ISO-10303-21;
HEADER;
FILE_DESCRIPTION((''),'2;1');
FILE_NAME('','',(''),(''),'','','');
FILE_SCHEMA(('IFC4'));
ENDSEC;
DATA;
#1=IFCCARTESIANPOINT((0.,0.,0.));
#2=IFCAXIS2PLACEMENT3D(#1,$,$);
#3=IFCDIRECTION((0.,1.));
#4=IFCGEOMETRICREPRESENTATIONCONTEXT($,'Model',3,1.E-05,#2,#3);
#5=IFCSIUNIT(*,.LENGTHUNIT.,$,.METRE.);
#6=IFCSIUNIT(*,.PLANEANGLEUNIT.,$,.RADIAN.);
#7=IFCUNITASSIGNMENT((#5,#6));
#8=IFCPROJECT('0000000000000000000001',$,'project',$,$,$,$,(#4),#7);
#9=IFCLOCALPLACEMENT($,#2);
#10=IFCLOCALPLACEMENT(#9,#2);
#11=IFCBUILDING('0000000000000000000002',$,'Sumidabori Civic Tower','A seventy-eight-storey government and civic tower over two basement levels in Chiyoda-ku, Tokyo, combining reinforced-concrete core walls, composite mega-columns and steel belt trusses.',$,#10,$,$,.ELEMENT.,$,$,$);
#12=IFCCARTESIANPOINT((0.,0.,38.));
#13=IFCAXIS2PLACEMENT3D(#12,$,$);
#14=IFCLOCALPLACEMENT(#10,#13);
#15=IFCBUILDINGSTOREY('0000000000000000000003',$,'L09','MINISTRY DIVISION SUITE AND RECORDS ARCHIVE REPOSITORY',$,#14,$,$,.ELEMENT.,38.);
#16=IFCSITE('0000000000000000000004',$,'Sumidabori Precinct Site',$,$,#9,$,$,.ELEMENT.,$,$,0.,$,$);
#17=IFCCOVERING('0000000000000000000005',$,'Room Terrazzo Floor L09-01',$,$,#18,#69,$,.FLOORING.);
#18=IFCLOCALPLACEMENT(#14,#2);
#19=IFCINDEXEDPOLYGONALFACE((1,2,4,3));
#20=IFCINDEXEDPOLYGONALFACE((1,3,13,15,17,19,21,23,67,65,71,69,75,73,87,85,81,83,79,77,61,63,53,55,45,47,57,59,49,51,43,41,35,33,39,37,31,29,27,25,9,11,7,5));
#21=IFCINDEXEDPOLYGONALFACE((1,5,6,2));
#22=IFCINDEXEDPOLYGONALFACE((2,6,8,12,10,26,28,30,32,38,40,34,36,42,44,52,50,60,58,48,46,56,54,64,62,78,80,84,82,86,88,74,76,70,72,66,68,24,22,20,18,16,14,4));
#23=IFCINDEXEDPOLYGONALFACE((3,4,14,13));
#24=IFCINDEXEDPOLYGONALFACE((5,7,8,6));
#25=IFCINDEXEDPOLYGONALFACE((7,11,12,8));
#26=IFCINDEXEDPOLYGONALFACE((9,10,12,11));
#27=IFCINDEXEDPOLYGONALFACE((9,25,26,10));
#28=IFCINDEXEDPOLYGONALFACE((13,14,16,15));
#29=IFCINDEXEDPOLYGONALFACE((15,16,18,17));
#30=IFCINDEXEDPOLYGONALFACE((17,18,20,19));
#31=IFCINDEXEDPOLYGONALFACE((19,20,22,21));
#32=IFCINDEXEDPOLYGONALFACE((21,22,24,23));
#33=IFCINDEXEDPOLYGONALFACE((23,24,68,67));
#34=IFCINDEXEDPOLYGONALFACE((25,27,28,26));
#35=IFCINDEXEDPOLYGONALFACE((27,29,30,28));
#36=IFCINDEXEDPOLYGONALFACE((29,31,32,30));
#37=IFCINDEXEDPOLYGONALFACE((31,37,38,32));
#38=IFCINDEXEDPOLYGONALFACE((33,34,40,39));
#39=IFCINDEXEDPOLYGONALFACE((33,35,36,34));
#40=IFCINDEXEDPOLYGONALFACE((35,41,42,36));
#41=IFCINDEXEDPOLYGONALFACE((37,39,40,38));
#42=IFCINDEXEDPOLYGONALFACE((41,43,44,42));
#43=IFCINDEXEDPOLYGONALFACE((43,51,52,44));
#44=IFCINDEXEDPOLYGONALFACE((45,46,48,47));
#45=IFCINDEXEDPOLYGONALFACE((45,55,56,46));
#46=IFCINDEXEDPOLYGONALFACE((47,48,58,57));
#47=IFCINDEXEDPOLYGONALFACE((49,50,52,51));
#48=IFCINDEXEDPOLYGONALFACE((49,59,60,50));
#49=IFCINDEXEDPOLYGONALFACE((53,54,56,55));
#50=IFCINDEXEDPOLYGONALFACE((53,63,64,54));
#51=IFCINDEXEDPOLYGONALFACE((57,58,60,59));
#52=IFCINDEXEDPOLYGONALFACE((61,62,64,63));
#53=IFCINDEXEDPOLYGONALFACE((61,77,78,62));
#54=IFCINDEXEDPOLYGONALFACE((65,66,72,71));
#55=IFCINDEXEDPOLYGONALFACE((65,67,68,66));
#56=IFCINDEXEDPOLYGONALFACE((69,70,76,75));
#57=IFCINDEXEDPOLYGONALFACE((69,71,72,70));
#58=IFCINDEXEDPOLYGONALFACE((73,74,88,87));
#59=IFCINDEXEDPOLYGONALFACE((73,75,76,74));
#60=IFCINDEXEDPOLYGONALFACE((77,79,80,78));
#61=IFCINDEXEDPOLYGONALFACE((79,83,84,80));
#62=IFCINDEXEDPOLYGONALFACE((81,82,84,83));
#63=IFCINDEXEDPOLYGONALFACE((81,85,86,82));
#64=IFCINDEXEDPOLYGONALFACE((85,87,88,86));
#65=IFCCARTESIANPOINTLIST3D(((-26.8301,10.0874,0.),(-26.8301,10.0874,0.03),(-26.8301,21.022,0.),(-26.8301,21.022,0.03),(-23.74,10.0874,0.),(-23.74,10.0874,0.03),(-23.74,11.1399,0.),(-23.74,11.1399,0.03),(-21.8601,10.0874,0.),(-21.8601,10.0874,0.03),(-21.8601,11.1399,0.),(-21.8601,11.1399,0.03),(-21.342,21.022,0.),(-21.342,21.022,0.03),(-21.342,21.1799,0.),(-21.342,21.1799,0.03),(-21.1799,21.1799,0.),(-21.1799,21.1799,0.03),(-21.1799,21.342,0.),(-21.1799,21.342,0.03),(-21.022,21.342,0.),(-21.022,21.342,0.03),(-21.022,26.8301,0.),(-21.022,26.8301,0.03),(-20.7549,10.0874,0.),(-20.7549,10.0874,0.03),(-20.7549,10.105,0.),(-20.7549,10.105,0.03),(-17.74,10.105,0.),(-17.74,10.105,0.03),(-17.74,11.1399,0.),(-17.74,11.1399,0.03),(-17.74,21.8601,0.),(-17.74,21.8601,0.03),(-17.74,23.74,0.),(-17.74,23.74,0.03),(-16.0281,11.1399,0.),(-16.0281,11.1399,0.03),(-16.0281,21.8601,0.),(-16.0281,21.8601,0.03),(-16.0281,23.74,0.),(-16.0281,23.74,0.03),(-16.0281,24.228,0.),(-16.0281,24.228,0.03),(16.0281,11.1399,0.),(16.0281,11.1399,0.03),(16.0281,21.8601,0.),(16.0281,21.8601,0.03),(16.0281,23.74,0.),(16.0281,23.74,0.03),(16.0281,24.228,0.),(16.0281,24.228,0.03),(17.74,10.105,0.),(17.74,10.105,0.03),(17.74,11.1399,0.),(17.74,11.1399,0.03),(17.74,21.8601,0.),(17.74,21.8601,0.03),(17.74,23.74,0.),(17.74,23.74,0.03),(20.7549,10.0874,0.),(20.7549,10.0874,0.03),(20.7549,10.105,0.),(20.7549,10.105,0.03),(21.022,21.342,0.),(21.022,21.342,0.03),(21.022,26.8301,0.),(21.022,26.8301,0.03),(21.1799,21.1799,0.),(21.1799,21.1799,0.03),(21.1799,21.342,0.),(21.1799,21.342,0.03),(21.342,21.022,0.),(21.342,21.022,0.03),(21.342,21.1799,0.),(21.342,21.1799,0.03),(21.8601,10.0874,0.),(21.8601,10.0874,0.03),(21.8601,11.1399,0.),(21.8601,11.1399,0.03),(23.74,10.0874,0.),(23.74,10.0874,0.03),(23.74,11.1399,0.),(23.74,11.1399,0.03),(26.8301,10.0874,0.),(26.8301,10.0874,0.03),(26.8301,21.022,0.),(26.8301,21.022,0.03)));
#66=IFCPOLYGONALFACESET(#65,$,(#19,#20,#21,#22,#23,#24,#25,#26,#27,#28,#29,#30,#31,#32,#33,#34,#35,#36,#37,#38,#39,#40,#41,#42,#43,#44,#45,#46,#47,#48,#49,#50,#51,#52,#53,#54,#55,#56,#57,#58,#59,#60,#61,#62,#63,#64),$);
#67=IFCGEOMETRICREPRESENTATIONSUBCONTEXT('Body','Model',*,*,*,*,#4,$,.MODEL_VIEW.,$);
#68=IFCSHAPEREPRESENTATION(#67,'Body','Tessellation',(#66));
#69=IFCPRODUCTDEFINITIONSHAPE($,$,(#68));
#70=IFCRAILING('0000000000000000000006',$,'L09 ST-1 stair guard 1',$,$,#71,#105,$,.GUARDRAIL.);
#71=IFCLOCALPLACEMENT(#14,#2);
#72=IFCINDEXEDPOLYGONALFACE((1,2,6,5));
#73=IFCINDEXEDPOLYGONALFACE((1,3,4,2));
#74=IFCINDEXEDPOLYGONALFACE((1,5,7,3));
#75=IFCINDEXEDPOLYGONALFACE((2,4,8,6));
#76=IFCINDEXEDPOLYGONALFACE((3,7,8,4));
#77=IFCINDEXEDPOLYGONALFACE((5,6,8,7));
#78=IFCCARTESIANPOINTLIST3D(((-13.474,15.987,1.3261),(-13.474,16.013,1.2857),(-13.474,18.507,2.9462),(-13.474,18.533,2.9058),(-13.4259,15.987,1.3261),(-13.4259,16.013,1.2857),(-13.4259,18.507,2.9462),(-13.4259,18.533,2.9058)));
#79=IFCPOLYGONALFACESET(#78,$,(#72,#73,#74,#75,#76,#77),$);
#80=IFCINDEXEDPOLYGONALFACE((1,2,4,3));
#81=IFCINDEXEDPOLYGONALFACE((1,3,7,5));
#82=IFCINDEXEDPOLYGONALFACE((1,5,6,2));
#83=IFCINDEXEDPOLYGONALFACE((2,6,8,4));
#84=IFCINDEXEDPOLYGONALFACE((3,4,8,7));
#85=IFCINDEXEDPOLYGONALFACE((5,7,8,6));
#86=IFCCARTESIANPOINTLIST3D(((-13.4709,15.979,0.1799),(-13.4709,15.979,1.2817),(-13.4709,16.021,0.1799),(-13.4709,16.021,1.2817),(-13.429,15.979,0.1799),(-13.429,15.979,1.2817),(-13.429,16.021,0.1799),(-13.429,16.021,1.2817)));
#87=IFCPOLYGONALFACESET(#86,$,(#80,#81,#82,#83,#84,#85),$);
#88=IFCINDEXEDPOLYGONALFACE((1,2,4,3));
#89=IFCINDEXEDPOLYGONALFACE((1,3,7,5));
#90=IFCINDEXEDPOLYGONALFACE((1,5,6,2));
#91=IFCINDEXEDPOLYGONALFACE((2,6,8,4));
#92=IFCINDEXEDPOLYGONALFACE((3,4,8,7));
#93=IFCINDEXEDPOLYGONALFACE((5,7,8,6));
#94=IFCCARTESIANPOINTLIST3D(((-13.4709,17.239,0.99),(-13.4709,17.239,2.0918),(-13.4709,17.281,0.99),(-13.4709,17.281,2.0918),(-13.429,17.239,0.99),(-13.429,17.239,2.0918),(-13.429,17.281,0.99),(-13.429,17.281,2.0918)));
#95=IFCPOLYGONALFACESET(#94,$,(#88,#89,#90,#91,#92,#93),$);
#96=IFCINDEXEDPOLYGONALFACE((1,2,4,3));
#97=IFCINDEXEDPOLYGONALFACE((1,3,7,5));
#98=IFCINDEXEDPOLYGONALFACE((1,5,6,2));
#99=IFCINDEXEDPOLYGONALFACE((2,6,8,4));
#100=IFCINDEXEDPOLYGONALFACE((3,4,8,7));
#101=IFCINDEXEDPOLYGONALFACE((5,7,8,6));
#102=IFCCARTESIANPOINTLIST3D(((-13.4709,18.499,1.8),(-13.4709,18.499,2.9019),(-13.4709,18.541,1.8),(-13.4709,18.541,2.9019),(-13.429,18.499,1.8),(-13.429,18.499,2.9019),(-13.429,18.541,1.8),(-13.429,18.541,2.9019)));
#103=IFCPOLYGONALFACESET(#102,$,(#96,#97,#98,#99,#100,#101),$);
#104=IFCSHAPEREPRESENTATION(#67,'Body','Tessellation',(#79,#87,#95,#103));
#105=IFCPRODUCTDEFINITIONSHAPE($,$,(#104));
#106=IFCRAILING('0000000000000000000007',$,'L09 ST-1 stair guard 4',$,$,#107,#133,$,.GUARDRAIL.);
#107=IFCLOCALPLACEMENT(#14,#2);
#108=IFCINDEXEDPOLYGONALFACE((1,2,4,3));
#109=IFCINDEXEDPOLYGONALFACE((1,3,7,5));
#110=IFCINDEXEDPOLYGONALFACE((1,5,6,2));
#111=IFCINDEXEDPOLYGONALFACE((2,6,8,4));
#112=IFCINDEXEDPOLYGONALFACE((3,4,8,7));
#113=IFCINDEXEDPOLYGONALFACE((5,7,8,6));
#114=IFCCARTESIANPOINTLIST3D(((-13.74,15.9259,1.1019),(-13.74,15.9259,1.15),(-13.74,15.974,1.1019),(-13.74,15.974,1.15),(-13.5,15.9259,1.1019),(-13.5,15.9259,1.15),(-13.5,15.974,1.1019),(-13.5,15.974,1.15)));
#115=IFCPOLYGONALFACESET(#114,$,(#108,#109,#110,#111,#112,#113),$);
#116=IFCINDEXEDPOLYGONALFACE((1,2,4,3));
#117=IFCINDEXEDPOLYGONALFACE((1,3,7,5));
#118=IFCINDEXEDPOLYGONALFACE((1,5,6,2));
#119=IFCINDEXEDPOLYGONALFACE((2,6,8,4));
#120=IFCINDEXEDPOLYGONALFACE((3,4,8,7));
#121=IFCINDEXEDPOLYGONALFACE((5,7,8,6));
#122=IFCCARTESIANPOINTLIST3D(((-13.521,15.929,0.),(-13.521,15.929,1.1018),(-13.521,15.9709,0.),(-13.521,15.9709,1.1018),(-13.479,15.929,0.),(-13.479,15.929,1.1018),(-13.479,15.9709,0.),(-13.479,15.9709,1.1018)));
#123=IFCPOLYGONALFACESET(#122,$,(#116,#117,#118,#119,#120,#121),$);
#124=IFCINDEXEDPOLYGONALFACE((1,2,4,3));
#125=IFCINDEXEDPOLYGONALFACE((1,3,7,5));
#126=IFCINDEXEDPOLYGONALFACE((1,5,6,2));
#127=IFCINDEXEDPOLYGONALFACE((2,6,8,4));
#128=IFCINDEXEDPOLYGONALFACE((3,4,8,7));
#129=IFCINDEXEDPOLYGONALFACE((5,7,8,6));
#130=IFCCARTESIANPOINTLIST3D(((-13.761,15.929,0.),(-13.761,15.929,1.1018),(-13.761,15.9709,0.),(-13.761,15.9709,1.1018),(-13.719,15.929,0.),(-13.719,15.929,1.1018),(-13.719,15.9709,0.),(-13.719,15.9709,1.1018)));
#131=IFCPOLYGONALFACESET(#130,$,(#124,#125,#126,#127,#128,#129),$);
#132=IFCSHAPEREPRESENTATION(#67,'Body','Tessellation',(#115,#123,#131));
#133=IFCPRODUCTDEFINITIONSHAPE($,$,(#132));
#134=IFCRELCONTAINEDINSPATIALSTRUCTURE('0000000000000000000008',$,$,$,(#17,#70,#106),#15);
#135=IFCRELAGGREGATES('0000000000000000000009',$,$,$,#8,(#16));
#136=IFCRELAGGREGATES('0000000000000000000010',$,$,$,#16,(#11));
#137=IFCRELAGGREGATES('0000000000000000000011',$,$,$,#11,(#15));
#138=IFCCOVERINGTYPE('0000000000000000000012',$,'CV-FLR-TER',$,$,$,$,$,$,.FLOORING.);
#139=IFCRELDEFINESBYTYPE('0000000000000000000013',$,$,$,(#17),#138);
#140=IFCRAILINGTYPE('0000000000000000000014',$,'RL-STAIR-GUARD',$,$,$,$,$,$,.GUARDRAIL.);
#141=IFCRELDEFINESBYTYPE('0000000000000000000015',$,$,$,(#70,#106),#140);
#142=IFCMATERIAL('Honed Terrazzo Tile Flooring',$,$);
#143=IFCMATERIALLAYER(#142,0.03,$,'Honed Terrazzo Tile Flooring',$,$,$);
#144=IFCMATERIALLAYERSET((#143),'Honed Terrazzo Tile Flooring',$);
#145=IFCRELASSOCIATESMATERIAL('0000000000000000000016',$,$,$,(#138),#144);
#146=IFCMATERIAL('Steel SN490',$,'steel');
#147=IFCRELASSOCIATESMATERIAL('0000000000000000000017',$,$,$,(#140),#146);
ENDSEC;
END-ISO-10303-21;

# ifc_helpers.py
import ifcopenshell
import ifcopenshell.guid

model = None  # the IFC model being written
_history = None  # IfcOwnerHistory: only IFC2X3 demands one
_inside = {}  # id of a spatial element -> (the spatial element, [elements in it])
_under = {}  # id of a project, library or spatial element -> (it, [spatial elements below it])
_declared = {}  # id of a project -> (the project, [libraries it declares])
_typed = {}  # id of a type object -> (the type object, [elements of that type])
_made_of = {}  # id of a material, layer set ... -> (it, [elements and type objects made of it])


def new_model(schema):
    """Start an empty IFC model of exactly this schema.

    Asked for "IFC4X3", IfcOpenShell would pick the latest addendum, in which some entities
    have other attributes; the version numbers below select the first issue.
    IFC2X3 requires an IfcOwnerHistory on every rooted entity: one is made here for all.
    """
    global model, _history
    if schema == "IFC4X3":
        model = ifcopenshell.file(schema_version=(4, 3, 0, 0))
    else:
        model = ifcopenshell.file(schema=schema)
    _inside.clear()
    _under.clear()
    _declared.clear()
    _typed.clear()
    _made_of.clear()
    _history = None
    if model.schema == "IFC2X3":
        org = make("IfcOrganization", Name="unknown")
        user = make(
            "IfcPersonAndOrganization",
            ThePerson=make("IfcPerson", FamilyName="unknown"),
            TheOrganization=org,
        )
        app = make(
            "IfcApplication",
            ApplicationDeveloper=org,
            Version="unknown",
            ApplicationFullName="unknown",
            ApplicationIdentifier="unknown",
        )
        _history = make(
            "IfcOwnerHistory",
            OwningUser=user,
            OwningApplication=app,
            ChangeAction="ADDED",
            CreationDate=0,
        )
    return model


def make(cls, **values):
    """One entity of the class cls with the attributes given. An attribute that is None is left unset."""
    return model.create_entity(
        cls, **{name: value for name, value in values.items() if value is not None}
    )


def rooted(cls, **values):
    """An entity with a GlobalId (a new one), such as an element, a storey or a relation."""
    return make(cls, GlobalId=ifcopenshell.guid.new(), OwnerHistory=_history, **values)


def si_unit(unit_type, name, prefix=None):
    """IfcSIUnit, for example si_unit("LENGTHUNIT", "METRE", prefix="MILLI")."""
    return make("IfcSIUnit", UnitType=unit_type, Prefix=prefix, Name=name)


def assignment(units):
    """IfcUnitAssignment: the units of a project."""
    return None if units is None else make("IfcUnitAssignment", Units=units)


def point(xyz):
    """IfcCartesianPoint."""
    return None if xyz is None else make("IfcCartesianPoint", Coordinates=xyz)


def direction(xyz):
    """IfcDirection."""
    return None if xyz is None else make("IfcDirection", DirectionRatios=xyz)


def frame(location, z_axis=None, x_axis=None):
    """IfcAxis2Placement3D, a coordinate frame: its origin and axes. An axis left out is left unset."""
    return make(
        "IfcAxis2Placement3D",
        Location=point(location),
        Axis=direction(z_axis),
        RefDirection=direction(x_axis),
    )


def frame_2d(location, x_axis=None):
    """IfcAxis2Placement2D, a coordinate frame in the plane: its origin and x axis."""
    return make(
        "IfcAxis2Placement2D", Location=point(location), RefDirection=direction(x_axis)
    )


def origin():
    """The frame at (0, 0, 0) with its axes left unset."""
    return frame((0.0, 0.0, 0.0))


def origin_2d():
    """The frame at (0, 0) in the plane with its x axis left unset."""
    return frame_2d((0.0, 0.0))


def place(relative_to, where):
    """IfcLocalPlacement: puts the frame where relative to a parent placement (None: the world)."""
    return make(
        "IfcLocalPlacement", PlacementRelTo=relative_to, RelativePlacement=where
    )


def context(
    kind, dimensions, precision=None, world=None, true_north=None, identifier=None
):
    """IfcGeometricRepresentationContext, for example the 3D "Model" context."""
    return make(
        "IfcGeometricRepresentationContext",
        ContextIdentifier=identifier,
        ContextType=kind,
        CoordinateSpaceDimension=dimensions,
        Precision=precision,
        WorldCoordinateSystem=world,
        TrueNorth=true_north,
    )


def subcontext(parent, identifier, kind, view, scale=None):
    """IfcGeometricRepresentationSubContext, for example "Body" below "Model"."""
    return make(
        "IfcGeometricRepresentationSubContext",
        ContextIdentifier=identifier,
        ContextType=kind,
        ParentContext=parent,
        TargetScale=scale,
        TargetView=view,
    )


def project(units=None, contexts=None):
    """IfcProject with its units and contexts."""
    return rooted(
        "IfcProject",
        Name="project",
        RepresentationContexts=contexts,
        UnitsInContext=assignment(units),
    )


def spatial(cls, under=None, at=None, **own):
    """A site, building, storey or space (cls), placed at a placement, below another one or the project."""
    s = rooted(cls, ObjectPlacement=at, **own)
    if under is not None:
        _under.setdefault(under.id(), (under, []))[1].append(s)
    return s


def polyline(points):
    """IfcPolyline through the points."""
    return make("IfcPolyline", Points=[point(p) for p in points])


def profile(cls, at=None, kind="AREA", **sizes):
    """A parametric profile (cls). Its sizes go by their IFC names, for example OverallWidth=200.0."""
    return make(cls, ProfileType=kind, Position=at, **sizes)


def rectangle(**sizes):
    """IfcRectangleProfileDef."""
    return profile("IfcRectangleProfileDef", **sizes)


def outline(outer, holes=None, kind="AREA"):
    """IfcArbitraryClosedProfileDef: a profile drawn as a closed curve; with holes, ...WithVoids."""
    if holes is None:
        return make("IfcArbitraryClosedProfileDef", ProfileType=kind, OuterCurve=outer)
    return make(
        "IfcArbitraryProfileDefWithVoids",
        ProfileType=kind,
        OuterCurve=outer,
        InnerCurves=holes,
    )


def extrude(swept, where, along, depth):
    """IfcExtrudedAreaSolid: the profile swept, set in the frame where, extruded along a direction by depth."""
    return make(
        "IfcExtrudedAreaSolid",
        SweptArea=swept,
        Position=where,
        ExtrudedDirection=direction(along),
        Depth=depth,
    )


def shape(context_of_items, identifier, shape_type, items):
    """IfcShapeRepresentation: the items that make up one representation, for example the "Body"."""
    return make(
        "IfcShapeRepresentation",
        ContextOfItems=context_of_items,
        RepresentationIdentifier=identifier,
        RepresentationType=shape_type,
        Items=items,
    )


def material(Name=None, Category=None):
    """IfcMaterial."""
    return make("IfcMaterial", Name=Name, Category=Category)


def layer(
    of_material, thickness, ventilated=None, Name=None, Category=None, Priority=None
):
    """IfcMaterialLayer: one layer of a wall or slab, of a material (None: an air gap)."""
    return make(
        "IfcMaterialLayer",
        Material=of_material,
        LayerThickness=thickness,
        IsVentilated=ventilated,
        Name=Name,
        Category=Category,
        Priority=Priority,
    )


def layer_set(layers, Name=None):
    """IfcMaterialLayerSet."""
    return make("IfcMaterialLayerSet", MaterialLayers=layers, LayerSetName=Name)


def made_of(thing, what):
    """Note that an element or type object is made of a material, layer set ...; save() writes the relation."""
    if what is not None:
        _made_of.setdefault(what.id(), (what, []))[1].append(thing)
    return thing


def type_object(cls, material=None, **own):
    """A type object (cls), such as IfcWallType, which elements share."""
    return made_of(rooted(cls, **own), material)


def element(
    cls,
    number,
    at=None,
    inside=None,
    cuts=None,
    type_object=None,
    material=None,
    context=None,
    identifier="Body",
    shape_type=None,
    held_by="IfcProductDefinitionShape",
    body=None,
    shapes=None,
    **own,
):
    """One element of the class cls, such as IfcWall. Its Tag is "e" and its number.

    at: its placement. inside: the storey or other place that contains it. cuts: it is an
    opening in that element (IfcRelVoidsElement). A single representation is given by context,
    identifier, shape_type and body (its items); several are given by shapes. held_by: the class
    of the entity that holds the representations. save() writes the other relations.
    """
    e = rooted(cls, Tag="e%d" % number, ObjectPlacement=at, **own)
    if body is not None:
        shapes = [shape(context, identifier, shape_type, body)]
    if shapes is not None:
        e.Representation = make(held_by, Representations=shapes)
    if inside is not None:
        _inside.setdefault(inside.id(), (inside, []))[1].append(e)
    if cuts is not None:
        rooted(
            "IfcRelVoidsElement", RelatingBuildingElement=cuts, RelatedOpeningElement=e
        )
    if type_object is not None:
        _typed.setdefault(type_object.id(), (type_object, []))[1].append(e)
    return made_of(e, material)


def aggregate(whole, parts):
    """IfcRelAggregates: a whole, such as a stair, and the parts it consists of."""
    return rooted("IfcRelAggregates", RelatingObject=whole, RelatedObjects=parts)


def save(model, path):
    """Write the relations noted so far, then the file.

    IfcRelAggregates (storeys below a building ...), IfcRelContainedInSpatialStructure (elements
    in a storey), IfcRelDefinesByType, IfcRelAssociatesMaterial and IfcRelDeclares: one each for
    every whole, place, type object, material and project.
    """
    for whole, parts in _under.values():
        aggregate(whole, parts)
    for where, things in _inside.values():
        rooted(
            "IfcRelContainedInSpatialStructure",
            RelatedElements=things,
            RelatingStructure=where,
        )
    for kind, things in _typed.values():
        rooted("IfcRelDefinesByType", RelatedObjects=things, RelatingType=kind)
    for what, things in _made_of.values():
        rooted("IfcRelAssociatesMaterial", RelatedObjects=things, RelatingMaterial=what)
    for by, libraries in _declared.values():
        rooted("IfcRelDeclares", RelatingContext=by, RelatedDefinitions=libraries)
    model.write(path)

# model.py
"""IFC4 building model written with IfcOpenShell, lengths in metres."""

from ifc_helpers import new_model, si_unit, direction, frame, origin, origin_2d, place, context, subcontext, project, spatial, polyline, rectangle, outline, extrude, material, layer, layer_set, type_object, element, save


model = new_model("IFC4")

# Units and contexts
model_context = context("Model", 3, precision=1e-05, world=origin(), true_north=direction((0.0, 1.0)))
body_context = subcontext(model_context, "Body", "Model", "MODEL_VIEW")
ifc_project = project(units=[si_unit("LENGTHUNIT", "METRE"), si_unit("PLANEANGLEUNIT", "RADIAN")], contexts=[model_context])

# Site, building, storey
site_placement = place(None, origin())
site = spatial("IfcSite", under=ifc_project, at=site_placement, Name="Sumidabori Precinct Site", CompositionType="ELEMENT", RefElevation=0.0)
building_placement = place(site_placement, origin())
building = spatial("IfcBuilding", under=site, at=building_placement, Name="Sumidabori Civic Tower", Description="A seventy-eight-storey government and civic tower over two basement levels in Chiyoda-ku, Tokyo, combining reinforced-concrete core walls, composite mega-columns and steel belt trusses.", CompositionType="ELEMENT")
storey_placement = place(building_placement, frame((0.0, 0.0, 38.0)))
storey = spatial("IfcBuildingStorey", under=building, at=storey_placement, Name="L09", Description="MINISTRY DIVISION SUITE AND RECORDS ARCHIVE REPOSITORY", CompositionType="ELEMENT", Elevation=38.0)

# Shared definitions
ifc_material_1 = material(Name="Steel SN490", Category="steel")

# Covering
ifc_material_2 = material(Name="Honed Terrazzo Tile Flooring")
ifc_layer_1 = layer(ifc_material_2, 0.03, Name="Honed Terrazzo Tile Flooring")
ifc_layer_set_1 = layer_set([ifc_layer_1], Name="Honed Terrazzo Tile Flooring")
covering_type_1 = type_object("IfcCoveringType", Name="CV-FLR-TER", PredefinedType="FLOORING", material=ifc_layer_set_1)
covering_1_placement = place(storey_placement, origin())
element("IfcCovering", 1, at=covering_1_placement, inside=storey, type_object=covering_type_1, Name="Room Terrazzo Floor L09-01", PredefinedType="FLOORING", context=body_context, shape_type="SweptSolid", body=[
    extrude(outline(polyline([(-21.342, 21.1799), (-21.1799, 21.1799), (-21.1799, 21.342), (-21.022, 21.342), (-21.022, 26.8301), (21.022, 26.8301), (21.022, 21.342), (21.1799, 21.342), (21.1799, 21.1799), (21.342, 21.1799), (21.342, 21.022), (26.8301, 21.022), (26.8301, 10.0874), (23.74, 10.0874), (23.74, 11.1399), (21.8601, 11.1399), (21.8601, 10.0874), (20.7549, 10.0874), (20.7549, 10.105), (17.74, 10.105), (17.74, 11.1399), (16.0281, 11.1399), (16.0281, 21.8601), (17.74, 21.8601), (17.74, 23.74), (16.0281, 23.74), (16.0281, 24.228), (-16.0281, 24.228), (-16.0281, 23.74), (-17.74, 23.74), (-17.74, 21.8601), (-16.0281, 21.8601), (-16.0281, 11.1399), (-17.74, 11.1399), (-17.74, 10.105), (-20.7549, 10.105), (-20.7549, 10.0874), (-21.8601, 10.0874), (-21.8601, 11.1399), (-23.74, 11.1399), (-23.74, 10.0874), (-26.8301, 10.0874), (-26.8301, 21.022), (-21.342, 21.022), (-21.342, 21.1799)])), origin(), (0.0, 0.0, 1.0), 0.03),
])

# Railings
railing_type = type_object("IfcRailingType", Name="RL-STAIR-GUARD", PredefinedType="GUARDRAIL", material=ifc_material_1)
railing_1_placement = place(storey_placement, frame((-13.45, 16.0, 0.1799)))
element("IfcRailing", 2, at=railing_1_placement, inside=storey, type_object=railing_type, Name="L09 ST-1 stair guard 1", PredefinedType="GUARDRAIL", context=body_context, shape_type="SweptSolid", body=[
    extrude(rectangle(XDim=0.0481, YDim=0.0481, at=origin_2d()), frame((0.0, 0.0, 1.126), z_axis=(0.0, 0.841163, 0.540782), x_axis=(-1.0, 0.0, 0.0)), (0.0, 0.0, 1.0), 2.9958),
    extrude(rectangle(XDim=0.042, YDim=0.042, at=origin_2d()), origin(), (0.0, 0.0, 1.0), 1.1018),
    extrude(rectangle(XDim=0.042, YDim=0.042, at=origin_2d()), frame((0.0, 1.26, 0.8101)), (0.0, 0.0, 1.0), 1.1018),
    extrude(rectangle(XDim=0.042, YDim=0.042, at=origin_2d()), frame((0.0, 2.52, 1.6201)), (0.0, 0.0, 1.0), 1.1018),
])
railing_2_placement = place(storey_placement, frame((-13.5, 15.95, 0.0)))
element("IfcRailing", 3, at=railing_2_placement, inside=storey, type_object=railing_type, Name="L09 ST-1 stair guard 4", PredefinedType="GUARDRAIL", context=body_context, shape_type="SweptSolid", body=[
    extrude(rectangle(XDim=0.0481, YDim=0.0481, at=origin_2d()), frame((0.0, 0.0, 1.126), z_axis=(-1.0, 0.0, 0.0), x_axis=(0.0, -1.0, 0.0)), (0.0, 0.0, 1.0), 0.24),
    extrude(rectangle(XDim=0.042, YDim=0.042, at=origin_2d()), origin(), (0.0, 0.0, 1.0), 1.1018),
    extrude(rectangle(XDim=0.042, YDim=0.042, at=origin_2d()), frame((-0.24, 0.0, 0.0)), (0.0, 0.0, 1.0), 1.1018),
])

save(model, "model.ifc")
